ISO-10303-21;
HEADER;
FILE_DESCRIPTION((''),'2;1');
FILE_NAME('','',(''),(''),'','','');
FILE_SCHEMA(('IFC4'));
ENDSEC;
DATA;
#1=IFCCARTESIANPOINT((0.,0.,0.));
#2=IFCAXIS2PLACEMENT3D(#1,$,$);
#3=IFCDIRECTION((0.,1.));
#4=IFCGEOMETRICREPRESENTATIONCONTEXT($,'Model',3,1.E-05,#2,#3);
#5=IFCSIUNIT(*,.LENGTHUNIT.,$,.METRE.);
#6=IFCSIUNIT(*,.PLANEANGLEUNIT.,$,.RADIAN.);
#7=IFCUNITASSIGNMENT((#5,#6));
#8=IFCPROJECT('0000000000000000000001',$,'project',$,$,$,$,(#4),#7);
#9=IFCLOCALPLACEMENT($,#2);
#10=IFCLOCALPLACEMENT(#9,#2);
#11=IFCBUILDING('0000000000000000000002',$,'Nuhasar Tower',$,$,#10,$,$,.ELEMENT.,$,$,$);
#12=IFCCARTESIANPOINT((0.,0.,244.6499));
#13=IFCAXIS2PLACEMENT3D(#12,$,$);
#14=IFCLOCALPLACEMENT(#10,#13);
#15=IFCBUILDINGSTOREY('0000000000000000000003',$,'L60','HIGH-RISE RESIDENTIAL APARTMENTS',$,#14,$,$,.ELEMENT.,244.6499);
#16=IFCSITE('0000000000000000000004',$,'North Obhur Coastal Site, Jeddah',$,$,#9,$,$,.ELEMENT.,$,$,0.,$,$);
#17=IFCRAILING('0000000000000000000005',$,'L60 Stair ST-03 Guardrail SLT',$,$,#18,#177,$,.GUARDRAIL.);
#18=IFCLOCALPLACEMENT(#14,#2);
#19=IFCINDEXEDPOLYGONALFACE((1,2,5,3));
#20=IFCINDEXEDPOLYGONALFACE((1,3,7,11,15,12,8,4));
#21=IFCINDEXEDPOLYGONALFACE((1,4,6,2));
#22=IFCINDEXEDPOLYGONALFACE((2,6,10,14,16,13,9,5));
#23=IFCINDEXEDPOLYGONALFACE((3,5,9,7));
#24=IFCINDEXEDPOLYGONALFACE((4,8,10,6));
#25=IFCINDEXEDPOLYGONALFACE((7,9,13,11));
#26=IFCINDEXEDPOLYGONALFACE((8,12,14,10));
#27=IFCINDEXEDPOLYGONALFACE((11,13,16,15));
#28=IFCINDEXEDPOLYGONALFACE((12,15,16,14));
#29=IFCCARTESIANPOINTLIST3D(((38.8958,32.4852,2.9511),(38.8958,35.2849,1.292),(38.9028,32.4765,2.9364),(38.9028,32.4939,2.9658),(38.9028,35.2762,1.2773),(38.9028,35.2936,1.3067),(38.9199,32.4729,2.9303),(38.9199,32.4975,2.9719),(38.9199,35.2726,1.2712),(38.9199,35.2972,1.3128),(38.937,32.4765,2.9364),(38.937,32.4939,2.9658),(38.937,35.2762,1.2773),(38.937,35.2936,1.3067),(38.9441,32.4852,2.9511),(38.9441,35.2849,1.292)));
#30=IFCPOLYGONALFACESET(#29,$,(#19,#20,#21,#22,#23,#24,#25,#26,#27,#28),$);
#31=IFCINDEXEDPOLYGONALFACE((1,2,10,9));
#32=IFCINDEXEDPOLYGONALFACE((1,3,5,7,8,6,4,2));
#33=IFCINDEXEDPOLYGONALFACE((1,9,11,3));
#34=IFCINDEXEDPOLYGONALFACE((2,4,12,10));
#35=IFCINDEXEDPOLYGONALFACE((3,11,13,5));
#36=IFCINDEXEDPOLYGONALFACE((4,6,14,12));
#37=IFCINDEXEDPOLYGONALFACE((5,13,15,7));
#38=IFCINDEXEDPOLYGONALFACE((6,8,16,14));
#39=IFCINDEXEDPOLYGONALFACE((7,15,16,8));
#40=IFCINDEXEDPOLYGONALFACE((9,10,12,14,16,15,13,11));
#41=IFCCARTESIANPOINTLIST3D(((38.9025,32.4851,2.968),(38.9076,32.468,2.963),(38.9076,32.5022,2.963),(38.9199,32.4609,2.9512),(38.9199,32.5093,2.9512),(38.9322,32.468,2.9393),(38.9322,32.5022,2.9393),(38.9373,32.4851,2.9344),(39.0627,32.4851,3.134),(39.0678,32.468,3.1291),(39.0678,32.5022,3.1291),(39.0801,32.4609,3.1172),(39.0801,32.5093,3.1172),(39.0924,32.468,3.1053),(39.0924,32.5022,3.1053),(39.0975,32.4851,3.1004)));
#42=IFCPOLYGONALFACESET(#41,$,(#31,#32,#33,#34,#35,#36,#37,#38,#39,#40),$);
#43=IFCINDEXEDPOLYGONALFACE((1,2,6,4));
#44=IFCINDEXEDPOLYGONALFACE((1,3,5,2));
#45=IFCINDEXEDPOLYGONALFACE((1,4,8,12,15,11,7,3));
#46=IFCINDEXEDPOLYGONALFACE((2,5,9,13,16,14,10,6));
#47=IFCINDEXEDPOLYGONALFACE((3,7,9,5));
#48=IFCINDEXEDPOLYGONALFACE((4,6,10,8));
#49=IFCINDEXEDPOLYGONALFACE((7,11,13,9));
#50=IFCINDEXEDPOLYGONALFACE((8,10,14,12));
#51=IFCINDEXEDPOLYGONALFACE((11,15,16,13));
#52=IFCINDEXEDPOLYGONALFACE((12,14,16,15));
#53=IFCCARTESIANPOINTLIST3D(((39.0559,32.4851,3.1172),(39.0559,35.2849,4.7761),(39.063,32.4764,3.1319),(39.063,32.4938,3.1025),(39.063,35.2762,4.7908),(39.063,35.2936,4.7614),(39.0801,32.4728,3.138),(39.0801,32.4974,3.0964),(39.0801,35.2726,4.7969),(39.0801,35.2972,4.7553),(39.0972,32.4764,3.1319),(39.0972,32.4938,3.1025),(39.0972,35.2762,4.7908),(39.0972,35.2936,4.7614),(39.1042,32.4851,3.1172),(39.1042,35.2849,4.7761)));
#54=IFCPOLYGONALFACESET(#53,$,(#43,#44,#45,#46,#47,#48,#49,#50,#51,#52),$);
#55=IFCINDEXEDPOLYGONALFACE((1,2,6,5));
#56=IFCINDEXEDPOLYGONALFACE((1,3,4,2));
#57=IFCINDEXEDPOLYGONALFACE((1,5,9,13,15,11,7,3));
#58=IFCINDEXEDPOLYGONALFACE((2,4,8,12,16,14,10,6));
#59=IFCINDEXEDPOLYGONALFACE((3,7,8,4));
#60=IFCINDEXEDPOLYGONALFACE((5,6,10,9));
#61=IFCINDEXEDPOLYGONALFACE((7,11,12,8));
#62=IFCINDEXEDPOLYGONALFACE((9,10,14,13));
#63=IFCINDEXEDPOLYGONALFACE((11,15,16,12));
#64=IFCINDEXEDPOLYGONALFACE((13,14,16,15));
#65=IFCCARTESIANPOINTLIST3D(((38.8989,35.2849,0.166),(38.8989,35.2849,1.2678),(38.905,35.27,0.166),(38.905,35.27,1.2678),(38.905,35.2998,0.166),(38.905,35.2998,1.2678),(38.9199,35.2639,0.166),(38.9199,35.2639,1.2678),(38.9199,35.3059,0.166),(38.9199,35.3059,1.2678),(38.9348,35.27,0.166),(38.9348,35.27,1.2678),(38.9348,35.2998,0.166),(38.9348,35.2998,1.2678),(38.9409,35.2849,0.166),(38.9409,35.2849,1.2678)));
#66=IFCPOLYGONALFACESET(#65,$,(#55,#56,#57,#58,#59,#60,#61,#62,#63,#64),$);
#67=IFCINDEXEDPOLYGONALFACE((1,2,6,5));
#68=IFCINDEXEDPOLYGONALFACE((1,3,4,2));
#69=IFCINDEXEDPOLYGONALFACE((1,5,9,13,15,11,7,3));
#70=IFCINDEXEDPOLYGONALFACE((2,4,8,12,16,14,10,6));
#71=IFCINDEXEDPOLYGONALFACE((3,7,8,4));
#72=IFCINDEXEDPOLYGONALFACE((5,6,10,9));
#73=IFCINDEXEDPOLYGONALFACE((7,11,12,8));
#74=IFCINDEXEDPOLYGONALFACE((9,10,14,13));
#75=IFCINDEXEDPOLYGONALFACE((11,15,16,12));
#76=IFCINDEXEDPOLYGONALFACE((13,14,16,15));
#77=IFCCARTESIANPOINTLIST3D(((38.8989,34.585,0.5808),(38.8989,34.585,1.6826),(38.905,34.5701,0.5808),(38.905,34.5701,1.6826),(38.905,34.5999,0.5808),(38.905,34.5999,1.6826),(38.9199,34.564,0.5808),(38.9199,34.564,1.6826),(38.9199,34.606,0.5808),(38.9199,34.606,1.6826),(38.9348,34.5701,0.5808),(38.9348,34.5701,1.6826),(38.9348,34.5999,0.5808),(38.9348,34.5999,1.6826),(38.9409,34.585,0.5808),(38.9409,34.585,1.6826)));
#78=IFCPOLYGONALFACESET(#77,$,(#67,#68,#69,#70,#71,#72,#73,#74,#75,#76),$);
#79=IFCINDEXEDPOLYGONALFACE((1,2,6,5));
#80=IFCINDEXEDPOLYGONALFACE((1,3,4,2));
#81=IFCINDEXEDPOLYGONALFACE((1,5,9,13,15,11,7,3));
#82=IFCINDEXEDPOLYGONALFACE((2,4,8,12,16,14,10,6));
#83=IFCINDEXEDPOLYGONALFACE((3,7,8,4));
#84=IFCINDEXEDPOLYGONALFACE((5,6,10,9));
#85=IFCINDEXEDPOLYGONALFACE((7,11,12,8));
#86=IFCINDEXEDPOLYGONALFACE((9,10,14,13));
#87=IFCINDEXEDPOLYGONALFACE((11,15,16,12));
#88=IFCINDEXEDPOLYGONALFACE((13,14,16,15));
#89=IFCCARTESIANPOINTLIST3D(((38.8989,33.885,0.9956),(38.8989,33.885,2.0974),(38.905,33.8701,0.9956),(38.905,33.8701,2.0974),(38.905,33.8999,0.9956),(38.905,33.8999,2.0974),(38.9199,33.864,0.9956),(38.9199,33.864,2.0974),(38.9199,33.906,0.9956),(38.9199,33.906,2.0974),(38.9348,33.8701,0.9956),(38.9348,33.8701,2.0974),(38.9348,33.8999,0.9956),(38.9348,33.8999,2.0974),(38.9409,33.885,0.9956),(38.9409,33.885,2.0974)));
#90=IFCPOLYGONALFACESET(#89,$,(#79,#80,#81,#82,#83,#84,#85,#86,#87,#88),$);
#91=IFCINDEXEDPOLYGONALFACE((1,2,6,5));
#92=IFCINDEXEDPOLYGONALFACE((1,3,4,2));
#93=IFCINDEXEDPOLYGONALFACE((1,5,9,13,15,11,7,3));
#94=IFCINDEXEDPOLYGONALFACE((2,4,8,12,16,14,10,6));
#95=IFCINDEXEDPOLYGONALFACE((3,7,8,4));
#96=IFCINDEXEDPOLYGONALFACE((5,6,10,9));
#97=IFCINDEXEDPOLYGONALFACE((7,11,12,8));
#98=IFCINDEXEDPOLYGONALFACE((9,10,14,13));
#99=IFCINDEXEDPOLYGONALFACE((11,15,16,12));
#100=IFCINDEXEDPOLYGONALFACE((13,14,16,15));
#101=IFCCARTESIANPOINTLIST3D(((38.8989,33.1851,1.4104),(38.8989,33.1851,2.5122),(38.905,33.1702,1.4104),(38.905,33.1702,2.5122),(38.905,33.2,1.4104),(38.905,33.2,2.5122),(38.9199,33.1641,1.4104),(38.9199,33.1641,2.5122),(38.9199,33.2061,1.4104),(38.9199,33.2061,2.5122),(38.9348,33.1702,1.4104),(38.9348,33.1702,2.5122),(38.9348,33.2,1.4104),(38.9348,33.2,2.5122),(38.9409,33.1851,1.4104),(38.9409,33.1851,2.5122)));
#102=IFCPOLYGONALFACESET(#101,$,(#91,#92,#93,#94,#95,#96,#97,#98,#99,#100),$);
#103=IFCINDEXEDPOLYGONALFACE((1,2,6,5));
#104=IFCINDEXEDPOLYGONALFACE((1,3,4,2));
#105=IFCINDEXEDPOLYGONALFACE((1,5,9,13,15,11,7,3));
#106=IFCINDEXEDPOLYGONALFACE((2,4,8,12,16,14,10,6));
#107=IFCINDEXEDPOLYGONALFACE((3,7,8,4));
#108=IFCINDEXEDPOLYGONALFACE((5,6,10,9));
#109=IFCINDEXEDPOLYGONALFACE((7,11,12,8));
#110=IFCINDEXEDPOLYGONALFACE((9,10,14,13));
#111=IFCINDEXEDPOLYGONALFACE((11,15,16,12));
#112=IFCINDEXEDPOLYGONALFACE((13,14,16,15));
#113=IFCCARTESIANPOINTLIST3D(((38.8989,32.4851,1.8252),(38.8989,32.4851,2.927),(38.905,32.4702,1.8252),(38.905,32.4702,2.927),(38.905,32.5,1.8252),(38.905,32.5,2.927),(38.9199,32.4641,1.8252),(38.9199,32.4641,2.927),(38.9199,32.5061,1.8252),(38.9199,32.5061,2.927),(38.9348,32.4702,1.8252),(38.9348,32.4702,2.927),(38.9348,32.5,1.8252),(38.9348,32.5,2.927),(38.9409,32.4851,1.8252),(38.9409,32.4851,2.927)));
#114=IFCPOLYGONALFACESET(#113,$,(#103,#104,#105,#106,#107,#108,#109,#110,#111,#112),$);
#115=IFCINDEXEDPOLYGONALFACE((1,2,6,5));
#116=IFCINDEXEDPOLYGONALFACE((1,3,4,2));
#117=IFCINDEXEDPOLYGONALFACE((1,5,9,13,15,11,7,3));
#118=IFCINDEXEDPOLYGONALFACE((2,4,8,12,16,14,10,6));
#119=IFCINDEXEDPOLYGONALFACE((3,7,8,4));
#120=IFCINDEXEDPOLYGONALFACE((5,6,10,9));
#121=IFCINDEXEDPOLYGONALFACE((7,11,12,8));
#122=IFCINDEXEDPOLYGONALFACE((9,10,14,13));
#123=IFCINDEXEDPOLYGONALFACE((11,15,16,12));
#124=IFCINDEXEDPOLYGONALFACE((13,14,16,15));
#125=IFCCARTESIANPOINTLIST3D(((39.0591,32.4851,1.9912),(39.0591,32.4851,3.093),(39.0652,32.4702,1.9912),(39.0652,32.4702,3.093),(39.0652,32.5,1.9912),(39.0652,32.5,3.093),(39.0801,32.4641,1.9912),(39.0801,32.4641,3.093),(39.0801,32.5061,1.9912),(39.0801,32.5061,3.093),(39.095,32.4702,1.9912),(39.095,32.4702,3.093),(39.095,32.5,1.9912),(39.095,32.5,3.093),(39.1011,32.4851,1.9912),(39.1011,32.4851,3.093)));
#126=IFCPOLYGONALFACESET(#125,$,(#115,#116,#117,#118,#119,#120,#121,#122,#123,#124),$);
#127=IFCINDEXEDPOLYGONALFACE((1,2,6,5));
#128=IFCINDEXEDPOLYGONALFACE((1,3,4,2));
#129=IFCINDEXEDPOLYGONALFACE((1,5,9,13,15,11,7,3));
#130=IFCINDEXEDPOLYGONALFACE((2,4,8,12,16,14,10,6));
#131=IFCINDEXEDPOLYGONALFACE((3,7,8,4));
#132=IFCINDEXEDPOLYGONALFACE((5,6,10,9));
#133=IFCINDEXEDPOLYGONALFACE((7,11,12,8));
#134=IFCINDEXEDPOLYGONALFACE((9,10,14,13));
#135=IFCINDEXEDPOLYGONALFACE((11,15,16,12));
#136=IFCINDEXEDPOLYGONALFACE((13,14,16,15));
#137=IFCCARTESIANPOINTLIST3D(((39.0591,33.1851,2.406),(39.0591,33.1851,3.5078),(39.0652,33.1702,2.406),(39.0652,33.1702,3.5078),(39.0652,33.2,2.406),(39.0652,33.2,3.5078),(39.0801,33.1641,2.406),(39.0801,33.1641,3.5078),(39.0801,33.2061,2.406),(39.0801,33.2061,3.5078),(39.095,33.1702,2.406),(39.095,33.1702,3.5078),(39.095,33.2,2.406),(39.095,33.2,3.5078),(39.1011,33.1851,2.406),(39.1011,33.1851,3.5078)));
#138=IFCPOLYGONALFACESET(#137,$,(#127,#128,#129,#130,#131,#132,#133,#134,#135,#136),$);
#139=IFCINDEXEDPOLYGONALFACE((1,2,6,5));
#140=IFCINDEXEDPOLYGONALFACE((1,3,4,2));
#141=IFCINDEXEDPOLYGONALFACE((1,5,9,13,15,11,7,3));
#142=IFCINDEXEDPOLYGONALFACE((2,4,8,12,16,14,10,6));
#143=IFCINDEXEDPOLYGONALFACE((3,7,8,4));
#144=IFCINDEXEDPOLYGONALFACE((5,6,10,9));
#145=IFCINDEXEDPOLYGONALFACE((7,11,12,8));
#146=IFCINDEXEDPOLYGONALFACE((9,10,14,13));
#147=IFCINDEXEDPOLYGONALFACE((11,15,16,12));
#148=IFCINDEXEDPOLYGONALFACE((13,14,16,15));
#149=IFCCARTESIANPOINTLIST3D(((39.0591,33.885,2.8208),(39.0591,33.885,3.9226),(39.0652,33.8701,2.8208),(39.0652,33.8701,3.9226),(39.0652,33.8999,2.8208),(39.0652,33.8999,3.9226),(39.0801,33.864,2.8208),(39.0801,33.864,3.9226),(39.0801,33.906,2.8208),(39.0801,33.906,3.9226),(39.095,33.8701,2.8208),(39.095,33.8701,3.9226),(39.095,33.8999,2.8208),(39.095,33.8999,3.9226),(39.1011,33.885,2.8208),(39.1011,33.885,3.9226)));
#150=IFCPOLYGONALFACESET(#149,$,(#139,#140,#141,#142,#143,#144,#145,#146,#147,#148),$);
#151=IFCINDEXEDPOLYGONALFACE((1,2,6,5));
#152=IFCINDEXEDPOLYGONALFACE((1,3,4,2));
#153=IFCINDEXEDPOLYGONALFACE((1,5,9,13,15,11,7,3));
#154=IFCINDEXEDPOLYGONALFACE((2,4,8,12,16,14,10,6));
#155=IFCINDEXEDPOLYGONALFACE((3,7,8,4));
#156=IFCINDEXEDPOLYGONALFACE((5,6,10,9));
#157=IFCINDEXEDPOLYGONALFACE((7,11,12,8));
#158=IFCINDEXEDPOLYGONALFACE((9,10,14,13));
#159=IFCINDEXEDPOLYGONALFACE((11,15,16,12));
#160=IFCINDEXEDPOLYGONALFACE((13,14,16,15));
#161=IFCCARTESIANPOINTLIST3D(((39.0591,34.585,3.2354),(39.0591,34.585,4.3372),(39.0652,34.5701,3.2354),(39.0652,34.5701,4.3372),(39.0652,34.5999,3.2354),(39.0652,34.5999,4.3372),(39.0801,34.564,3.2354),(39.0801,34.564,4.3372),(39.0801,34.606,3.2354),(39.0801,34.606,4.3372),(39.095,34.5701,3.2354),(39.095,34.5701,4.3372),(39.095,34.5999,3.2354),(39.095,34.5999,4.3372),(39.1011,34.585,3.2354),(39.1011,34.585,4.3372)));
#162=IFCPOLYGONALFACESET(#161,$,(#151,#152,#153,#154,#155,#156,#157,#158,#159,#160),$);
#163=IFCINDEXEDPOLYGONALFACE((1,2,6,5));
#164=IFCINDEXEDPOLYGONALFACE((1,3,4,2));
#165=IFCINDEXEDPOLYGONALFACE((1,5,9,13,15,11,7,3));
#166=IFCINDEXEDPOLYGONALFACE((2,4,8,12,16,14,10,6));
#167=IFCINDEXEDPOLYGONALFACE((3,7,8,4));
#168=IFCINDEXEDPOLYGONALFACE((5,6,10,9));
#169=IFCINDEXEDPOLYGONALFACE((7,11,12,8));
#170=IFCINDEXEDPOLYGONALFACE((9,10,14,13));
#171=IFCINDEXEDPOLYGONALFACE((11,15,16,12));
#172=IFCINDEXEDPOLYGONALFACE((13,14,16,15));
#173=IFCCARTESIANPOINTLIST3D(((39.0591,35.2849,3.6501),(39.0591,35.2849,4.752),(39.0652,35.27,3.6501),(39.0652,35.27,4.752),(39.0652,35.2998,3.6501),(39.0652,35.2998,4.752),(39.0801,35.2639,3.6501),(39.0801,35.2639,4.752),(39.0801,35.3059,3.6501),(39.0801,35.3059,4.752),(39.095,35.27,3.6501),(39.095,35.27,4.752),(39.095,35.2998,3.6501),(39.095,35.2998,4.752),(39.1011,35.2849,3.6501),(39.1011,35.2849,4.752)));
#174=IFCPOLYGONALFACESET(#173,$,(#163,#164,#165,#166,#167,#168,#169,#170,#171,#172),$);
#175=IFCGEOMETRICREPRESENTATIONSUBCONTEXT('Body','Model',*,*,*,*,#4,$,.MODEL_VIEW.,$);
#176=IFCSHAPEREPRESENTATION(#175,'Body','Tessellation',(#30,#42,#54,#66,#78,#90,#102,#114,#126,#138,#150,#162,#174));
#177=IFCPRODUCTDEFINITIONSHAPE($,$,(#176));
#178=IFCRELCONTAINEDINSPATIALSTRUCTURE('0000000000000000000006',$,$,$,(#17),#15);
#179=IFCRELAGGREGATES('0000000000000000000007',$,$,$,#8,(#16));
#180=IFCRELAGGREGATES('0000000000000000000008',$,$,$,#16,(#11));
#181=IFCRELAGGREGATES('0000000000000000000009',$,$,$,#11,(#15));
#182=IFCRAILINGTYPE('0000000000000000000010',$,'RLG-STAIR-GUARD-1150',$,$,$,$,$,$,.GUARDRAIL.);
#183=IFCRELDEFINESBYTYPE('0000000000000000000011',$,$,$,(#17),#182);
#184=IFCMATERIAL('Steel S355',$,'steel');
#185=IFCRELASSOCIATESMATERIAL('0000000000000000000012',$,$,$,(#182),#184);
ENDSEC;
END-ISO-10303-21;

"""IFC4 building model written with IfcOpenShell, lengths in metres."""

from ifc_helpers import new_model, si_unit, direction, frame, origin, place, context, subcontext, project, spatial, polyline, outline, extrude, material, type_object, element, save


model = new_model("IFC4")

# Units and contexts
model_context = context("Model", 3, precision=1e-05, world=origin(), true_north=direction((0.0, 1.0)))
body_context = subcontext(model_context, "Body", "Model", "MODEL_VIEW")
ifc_project = project(units=[si_unit("LENGTHUNIT", "METRE"), si_unit("PLANEANGLEUNIT", "RADIAN")], contexts=[model_context])

# Site, building, storey
site_placement = place(None, origin())
site = spatial("IfcSite", under=ifc_project, at=site_placement, Name="North Obhur Coastal Site, Jeddah", CompositionType="ELEMENT", RefElevation=0.0)
building_placement = place(site_placement, origin())
building = spatial("IfcBuilding", under=site, at=building_placement, Name="Nuhasar Tower", CompositionType="ELEMENT")
storey_placement = place(building_placement, frame((0.0, 0.0, 244.6499)))
storey = spatial("IfcBuildingStorey", under=building, at=storey_placement, Name="L60", Description="HIGH-RISE RESIDENTIAL APARTMENTS", CompositionType="ELEMENT", Elevation=244.6499)

# Shared definitions
ifc_material_1 = material(Name="Steel S355", Category="steel")

# Railing
railing_type_1 = type_object("IfcRailingType", Name="RLG-STAIR-GUARD-1150", PredefinedType="GUARDRAIL", material=ifc_material_1)
railing_1_placement = place(storey_placement, frame((38.9199, 35.2849, 0.166)))
element("IfcRailing", 1, at=railing_1_placement, inside=storey, type_object=railing_type_1, Name="L60 Stair ST-03 Guardrail SLT", PredefinedType="GUARDRAIL", context=body_context, shape_type="SweptSolid", body=[
    extrude(outline(polyline([(0.0242, 0.0), (0.0171, 0.0171), (0.0, 0.0242), (-0.0171, 0.0171), (-0.0242, 0.0), (-0.0171, -0.0171), (0.0, -0.0242), (0.0171, -0.0171), (0.0242, 0.0)])), frame((0.0, 0.0, 1.126), z_axis=(0.0, -0.860287, 0.509811), x_axis=(1.0, 0.0, 0.0)), (0.0, 0.0, 1.0), 3.2544),
    extrude(outline(polyline([(0.0242, 0.0), (0.0171, 0.0171), (0.0, 0.0242), (-0.0171, 0.0171), (-0.0242, 0.0), (-0.0171, -0.0171), (0.0, -0.0242), (0.0171, -0.0171), (0.0242, 0.0)])), frame((0.0, -2.7998, 2.7852), z_axis=(0.694292, 0.0, 0.719693), x_axis=(0.0, 1.0, 0.0)), (0.0, 0.0, 1.0), 0.2307),
    extrude(outline(polyline([(0.0242, 0.0), (0.0171, 0.0171), (0.0, 0.0242), (-0.0171, 0.0171), (-0.0242, 0.0), (-0.0171, -0.0171), (0.0, -0.0242), (0.0171, -0.0171), (0.0242, 0.0)])), frame((0.1602, -2.7998, 2.9512), z_axis=(0.0, 0.86032, 0.509755), x_axis=(-1.0, 0.0, 0.0)), (0.0, 0.0, 1.0), 3.2544),
    extrude(outline(polyline([(0.021, 0.0), (0.0149, 0.0149), (0.0, 0.021), (-0.0149, 0.0149), (-0.021, 0.0), (-0.0149, -0.0149), (0.0, -0.021), (0.0149, -0.0149), (0.021, 0.0)])), origin(), (0.0, 0.0, 1.0), 1.1018),
    extrude(outline(polyline([(0.021, 0.0), (0.0149, 0.0149), (0.0, 0.021), (-0.0149, 0.0149), (-0.021, 0.0), (-0.0149, -0.0149), (0.0, -0.021), (0.0149, -0.0149), (0.021, 0.0)])), frame((0.0, -0.7, 0.4148)), (0.0, 0.0, 1.0), 1.1018),
    extrude(outline(polyline([(0.021, 0.0), (0.0149, 0.0149), (0.0, 0.021), (-0.0149, 0.0149), (-0.021, 0.0), (-0.0149, -0.0149), (0.0, -0.021), (0.0149, -0.0149), (0.021, 0.0)])), frame((0.0, -1.3999, 0.8296)), (0.0, 0.0, 1.0), 1.1018),
    extrude(outline(polyline([(0.021, 0.0), (0.0149, 0.0149), (0.0, 0.021), (-0.0149, 0.0149), (-0.021, 0.0), (-0.0149, -0.0149), (0.0, -0.021), (0.0149, -0.0149), (0.021, 0.0)])), frame((0.0, -2.0999, 1.2444)), (0.0, 0.0, 1.0), 1.1018),
    extrude(outline(polyline([(0.021, 0.0), (0.0149, 0.0149), (0.0, 0.021), (-0.0149, 0.0149), (-0.021, 0.0), (-0.0149, -0.0149), (0.0, -0.021), (0.0149, -0.0149), (0.021, 0.0)])), frame((0.0, -2.7998, 1.6592)), (0.0, 0.0, 1.0), 1.1018),
    extrude(outline(polyline([(0.021, 0.0), (0.0149, 0.0149), (0.0, 0.021), (-0.0149, 0.0149), (-0.021, 0.0), (-0.0149, -0.0149), (0.0, -0.021), (0.0149, -0.0149), (0.021, 0.0)])), frame((0.1602, -2.7998, 1.8252)), (0.0, 0.0, 1.0), 1.1018),
    extrude(outline(polyline([(0.021, 0.0), (0.0149, 0.0149), (0.0, 0.021), (-0.0149, 0.0149), (-0.021, 0.0), (-0.0149, -0.0149), (0.0, -0.021), (0.0149, -0.0149), (0.021, 0.0)])), frame((0.1602, -2.0999, 2.24)), (0.0, 0.0, 1.0), 1.1018),
    extrude(outline(polyline([(0.021, 0.0), (0.0149, 0.0149), (0.0, 0.021), (-0.0149, 0.0149), (-0.021, 0.0), (-0.0149, -0.0149), (0.0, -0.021), (0.0149, -0.0149), (0.021, 0.0)])), frame((0.1602, -1.3999, 2.6548)), (0.0, 0.0, 1.0), 1.1018),
    extrude(outline(polyline([(0.021, 0.0), (0.0149, 0.0149), (0.0, 0.021), (-0.0149, 0.0149), (-0.021, 0.0), (-0.0149, -0.0149), (0.0, -0.021), (0.0149, -0.0149), (0.021, 0.0)])), frame((0.1602, -0.7, 3.0693)), (0.0, 0.0, 1.0), 1.1018),
    extrude(outline(polyline([(0.021, 0.0), (0.0149, 0.0149), (0.0, 0.021), (-0.0149, 0.0149), (-0.021, 0.0), (-0.0149, -0.0149), (0.0, -0.021), (0.0149, -0.0149), (0.021, 0.0)])), frame((0.1602, 0.0, 3.4841)), (0.0, 0.0, 1.0), 1.1018),
])

save(model, "model.ifc")
